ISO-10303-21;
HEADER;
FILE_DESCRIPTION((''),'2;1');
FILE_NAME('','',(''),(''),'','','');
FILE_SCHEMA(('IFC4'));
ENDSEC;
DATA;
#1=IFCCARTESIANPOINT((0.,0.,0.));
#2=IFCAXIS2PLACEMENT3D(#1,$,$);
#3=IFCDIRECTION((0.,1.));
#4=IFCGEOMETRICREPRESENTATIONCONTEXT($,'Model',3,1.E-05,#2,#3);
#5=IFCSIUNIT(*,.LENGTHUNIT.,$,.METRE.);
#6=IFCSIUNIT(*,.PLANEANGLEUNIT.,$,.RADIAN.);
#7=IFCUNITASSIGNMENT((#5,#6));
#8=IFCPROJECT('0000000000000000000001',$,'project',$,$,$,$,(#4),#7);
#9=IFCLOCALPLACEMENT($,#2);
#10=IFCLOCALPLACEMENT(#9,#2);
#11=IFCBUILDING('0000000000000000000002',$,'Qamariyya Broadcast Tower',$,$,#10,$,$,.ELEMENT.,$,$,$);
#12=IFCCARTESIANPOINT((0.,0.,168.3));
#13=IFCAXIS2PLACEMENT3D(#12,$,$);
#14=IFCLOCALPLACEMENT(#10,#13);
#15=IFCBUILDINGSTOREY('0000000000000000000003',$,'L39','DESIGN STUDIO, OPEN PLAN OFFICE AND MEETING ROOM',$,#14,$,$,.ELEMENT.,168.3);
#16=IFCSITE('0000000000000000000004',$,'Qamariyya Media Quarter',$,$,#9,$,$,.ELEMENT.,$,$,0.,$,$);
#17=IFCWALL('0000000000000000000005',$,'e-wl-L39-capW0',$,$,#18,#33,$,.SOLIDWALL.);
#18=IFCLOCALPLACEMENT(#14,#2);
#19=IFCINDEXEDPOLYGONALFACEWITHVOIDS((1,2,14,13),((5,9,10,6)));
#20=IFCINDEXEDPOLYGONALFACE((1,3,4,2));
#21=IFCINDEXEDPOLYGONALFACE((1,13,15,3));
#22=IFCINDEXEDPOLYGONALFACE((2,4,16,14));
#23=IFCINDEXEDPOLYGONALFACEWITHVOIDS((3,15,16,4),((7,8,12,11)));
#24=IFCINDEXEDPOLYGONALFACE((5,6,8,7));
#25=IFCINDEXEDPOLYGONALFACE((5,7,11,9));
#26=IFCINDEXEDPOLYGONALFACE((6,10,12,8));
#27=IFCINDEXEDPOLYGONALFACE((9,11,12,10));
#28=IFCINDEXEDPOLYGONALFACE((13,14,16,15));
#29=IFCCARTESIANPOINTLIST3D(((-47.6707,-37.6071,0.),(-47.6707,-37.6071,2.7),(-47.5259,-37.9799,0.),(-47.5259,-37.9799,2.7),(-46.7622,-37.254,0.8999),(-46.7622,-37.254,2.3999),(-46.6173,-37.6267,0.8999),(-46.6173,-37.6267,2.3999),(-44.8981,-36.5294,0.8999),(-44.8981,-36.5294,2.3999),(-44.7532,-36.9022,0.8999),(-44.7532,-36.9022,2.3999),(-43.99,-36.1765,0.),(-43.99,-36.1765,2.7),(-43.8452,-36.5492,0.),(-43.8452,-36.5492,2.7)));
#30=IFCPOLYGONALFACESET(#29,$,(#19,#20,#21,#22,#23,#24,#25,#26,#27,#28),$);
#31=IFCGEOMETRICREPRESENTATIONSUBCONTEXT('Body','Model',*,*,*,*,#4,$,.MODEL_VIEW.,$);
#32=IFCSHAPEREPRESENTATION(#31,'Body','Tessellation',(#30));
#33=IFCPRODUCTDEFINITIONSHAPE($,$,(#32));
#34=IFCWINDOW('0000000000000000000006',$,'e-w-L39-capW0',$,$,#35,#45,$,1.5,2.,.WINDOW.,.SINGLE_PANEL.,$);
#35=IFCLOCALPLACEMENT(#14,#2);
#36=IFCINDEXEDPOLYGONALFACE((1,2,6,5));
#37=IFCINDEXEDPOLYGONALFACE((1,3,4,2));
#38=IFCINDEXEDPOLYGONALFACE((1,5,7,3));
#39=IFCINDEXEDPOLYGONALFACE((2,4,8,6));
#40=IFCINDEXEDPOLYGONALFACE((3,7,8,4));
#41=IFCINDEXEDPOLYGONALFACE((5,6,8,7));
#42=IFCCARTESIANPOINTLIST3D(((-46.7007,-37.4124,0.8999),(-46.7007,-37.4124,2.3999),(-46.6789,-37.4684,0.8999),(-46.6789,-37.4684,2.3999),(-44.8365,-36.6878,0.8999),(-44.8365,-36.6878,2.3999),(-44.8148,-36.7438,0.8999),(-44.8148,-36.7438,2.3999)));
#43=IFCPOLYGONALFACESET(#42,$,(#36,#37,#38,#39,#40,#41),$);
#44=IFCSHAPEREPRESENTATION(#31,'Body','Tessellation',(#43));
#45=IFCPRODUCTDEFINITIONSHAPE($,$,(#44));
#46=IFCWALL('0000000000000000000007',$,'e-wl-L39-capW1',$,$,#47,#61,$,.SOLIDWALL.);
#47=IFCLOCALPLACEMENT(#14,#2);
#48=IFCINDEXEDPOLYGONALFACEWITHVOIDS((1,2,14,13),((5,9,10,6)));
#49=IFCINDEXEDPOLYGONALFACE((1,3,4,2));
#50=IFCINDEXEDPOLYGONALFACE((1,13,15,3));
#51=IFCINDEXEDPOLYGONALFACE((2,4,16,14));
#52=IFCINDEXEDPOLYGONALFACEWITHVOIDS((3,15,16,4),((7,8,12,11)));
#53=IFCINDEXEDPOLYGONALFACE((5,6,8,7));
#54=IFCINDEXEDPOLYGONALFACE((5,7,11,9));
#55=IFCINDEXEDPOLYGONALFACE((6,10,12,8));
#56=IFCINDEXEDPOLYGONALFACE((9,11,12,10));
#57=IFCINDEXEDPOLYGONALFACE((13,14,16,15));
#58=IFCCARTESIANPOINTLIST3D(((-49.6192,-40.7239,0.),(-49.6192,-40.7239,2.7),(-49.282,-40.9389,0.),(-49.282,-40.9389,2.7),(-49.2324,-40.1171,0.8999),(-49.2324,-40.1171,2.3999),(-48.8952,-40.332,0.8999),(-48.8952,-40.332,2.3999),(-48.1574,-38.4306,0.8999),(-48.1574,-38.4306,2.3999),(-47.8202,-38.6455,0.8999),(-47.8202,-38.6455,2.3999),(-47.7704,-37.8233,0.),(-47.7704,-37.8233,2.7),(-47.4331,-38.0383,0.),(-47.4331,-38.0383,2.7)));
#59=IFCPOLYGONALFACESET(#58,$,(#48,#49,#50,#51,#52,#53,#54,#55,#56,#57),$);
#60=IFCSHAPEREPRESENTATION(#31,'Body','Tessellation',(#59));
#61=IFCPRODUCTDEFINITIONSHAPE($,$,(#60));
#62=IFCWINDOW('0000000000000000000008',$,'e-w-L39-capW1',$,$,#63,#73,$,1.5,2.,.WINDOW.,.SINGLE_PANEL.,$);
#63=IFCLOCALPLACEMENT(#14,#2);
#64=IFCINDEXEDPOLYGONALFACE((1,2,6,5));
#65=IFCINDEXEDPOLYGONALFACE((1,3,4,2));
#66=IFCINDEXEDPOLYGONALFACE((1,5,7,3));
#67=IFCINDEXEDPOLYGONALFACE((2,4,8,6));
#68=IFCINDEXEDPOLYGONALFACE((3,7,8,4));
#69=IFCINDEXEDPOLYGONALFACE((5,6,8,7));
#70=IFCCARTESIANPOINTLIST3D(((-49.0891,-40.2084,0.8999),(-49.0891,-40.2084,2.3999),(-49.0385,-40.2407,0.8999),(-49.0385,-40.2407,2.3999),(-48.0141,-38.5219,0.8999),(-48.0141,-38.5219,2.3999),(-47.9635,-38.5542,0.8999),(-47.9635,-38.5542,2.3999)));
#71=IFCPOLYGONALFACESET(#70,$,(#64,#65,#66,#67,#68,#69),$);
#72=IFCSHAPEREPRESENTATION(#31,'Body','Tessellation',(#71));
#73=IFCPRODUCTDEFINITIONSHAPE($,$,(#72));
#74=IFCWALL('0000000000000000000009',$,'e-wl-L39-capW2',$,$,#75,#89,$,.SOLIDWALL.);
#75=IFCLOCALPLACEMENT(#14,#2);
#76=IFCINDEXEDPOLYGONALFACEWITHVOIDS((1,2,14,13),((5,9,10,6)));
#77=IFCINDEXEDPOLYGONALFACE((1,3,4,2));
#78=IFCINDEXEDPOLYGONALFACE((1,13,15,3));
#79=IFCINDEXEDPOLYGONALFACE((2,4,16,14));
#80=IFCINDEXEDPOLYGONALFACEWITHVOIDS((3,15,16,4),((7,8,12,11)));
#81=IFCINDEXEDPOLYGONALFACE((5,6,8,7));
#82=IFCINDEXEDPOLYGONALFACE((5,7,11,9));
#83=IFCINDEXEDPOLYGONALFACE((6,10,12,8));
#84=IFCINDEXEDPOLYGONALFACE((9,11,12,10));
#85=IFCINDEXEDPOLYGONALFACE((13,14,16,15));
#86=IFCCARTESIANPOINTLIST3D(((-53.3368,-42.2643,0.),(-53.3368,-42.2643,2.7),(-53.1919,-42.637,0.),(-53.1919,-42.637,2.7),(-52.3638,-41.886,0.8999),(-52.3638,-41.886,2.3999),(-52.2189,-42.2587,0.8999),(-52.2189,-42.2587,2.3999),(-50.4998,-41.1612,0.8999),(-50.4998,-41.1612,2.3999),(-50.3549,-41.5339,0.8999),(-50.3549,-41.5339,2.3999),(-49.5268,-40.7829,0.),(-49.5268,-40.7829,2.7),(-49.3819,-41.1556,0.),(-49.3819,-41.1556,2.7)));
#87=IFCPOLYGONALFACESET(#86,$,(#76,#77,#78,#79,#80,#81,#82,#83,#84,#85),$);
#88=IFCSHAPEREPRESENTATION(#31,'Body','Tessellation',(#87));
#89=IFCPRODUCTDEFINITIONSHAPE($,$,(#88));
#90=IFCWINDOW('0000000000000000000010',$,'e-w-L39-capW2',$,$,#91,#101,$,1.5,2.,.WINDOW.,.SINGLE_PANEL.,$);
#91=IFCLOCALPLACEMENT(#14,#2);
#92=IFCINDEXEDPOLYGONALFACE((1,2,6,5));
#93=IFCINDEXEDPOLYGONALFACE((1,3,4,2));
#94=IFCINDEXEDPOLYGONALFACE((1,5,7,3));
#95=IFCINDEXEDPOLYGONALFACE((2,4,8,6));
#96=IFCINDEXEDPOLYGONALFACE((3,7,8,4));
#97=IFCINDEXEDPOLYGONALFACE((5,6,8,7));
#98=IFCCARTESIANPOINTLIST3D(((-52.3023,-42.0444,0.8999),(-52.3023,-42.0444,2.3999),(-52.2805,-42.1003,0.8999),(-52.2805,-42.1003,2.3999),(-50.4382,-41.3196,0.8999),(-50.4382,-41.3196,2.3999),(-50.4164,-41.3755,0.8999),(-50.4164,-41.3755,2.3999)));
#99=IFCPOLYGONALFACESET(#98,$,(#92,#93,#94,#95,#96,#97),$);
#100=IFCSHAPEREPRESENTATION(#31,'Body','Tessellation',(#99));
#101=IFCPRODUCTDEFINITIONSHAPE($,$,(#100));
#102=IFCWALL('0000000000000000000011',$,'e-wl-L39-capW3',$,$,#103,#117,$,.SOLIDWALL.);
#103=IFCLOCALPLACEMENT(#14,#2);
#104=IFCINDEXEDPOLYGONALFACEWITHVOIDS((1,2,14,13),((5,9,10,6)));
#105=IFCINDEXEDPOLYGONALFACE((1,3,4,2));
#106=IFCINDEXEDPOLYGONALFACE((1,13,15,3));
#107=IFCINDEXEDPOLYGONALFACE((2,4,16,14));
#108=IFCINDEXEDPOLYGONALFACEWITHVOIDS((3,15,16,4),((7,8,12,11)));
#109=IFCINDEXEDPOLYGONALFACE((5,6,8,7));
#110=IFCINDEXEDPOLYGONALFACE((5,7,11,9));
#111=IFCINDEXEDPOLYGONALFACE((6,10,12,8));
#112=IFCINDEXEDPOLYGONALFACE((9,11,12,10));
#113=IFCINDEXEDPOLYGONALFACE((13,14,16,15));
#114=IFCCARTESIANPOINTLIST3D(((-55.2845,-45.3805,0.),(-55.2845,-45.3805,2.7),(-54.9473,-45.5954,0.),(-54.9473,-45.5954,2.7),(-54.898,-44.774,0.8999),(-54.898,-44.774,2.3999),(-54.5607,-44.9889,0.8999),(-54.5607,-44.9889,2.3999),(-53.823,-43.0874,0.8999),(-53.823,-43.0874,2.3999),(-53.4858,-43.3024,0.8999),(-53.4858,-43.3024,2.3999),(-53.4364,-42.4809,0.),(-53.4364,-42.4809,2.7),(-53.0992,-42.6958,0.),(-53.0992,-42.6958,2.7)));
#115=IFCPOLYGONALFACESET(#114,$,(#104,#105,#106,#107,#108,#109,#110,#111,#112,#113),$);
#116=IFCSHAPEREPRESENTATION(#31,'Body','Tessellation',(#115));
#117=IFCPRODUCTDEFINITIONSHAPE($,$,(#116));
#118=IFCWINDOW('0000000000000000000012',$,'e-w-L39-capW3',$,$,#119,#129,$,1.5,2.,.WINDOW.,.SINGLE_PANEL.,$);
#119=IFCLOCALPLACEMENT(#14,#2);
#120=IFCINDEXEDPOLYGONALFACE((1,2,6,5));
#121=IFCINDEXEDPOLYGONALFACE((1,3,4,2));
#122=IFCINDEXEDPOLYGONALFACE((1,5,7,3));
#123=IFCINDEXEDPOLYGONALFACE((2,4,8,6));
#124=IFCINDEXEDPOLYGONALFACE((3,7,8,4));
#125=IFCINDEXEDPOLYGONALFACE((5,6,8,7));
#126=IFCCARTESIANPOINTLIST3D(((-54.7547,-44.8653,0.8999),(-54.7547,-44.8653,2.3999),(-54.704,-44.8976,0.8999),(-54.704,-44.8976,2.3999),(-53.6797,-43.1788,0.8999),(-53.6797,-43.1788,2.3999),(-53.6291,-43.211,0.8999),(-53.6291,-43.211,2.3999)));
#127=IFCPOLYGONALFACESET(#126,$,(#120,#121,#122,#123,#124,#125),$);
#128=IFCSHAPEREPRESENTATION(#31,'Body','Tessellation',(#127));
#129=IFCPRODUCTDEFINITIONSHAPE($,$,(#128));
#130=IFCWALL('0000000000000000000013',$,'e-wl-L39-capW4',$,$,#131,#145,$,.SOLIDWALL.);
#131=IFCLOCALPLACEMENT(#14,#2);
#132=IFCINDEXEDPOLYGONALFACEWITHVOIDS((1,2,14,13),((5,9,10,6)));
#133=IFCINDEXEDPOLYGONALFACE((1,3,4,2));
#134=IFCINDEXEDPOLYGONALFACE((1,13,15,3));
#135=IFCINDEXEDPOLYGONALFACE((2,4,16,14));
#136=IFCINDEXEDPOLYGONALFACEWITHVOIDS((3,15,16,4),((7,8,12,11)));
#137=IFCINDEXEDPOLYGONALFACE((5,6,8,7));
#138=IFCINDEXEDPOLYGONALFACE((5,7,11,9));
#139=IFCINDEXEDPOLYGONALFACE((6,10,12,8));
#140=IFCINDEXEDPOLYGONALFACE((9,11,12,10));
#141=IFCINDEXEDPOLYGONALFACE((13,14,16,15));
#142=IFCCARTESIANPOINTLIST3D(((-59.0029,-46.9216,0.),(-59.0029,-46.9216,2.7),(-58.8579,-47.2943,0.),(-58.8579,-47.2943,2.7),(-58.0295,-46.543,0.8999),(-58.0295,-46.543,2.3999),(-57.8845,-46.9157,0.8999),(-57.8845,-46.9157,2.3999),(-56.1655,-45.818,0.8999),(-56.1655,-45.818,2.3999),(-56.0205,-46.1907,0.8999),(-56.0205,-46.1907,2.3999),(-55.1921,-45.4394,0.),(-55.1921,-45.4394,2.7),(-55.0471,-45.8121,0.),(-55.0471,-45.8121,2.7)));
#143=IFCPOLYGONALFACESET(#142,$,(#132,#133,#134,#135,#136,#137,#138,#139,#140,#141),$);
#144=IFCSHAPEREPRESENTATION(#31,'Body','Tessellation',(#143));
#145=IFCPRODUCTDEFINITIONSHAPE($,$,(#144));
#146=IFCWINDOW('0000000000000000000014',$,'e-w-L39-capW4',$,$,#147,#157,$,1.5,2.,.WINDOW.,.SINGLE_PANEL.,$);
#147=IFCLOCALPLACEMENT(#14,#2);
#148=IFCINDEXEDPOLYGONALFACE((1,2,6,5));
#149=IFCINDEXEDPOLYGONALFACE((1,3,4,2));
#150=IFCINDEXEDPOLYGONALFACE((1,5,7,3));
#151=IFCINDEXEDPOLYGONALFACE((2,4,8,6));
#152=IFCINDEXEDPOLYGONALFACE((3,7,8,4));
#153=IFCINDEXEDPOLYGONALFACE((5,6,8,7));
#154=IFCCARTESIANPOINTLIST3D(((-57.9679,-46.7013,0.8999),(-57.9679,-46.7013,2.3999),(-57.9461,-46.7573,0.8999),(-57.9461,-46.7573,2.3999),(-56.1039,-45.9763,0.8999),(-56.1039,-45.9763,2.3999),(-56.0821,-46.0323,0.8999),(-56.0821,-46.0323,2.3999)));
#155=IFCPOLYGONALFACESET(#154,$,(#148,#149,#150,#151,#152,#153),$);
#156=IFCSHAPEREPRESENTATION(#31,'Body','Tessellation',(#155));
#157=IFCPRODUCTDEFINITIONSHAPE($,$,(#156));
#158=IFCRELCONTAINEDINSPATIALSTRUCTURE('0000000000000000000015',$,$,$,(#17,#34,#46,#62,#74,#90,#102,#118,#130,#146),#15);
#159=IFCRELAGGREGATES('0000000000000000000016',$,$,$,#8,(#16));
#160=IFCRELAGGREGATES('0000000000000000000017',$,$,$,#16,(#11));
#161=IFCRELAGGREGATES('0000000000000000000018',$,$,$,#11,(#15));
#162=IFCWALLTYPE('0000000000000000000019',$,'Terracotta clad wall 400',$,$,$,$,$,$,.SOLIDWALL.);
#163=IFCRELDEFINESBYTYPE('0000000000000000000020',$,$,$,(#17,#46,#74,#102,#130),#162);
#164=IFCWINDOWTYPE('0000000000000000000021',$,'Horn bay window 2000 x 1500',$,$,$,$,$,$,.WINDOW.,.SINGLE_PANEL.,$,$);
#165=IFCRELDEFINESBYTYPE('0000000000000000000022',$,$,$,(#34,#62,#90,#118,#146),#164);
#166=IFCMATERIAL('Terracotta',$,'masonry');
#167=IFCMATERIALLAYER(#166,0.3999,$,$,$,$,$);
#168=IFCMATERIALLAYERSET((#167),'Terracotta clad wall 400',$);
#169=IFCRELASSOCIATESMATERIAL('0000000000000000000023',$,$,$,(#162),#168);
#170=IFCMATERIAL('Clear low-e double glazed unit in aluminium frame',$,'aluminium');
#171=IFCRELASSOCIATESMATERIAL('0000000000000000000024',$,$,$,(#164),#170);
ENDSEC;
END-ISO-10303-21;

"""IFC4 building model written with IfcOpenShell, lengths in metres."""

from ifc_helpers import new_model, si_unit, direction, frame, frame_2d, origin, place, context, subcontext, project, spatial, rectangle, extrude, material, layer, layer_set, type_object, element, fill, save


model = new_model("IFC4")

# Units and contexts
model_context = context("Model", 3, precision=1e-05, world=origin(), true_north=direction((0.0, 1.0)))
body_context = subcontext(model_context, "Body", "Model", "MODEL_VIEW")
ifc_project = project(units=[si_unit("LENGTHUNIT", "METRE"), si_unit("PLANEANGLEUNIT", "RADIAN")], contexts=[model_context])

# Site, building, storey
site_placement = place(None, origin())
site = spatial("IfcSite", under=ifc_project, at=site_placement, Name="Qamariyya Media Quarter", CompositionType="ELEMENT", RefElevation=0.0)
building_placement = place(site_placement, origin())
building = spatial("IfcBuilding", under=site, at=building_placement, Name="Qamariyya Broadcast Tower", CompositionType="ELEMENT")
storey_placement = place(building_placement, frame((0.0, 0.0, 168.3)))
storey = spatial("IfcBuildingStorey", under=building, at=storey_placement, Name="L39", Description="DESIGN STUDIO, OPEN PLAN OFFICE AND MEETING ROOM", CompositionType="ELEMENT", Elevation=168.3)

# Walls, openings, windows
ifc_material_1 = material(Name="Terracotta", Category="masonry")
ifc_layer_1 = layer(ifc_material_1, 0.3999)
ifc_layer_set_1 = layer_set([ifc_layer_1], Name="Terracotta clad wall 400")
wall_type_1 = type_object("IfcWallType", Name="Terracotta clad wall 400", PredefinedType="SOLIDWALL", material=ifc_layer_set_1)
wall_1_placement = place(storey_placement, frame((-43.9175, -36.3628, 0.0), z_axis=(0.0, 0.0, 1.0), x_axis=(-0.932065, -0.362291, 0.0)))
wall_1 = element("IfcWall", 1, at=wall_1_placement, inside=storey, type_object=wall_type_1, Name="e-wl-L39-capW0", PredefinedType="SOLIDWALL", context=body_context, shape_type="SweptSolid", body=[
    extrude(rectangle(XDim=3.949, YDim=0.3999, at=frame_2d((1.9746, 0.0))), origin(), (0.0, 0.0, 1.0), 2.7),
])
opening_1_placement = place(wall_1_placement, frame((0.9744, 0.0, 0.8999)))
opening_1 = element("IfcOpeningElement", 2, at=opening_1_placement, cuts=wall_1, PredefinedType="OPENING", context=body_context, shape_type="SweptSolid", body=[
    extrude(rectangle(XDim=2.0, YDim=1.5, at=frame_2d((1.0, 0.75))), frame((0.0, 0.21, 0.0), z_axis=(0.0, -1.0, 0.0), x_axis=(1.0, 0.0, 0.0)), (0.0, 0.0, 1.0), 0.4199),
])
ifc_material_2 = material(Name="Clear low-e double glazed unit in aluminium frame", Category="aluminium")
window_type = type_object("IfcWindowType", Name="Horn bay window 2000 x 1500", PartitioningType="SINGLE_PANEL", PredefinedType="WINDOW", material=ifc_material_2)
window_1_placement = place(opening_1_placement, origin())
window_1 = element("IfcWindow", 3, at=window_1_placement, inside=storey, type_object=window_type, Name="e-w-L39-capW0", OverallHeight=1.5, OverallWidth=2.0, PartitioningType="SINGLE_PANEL", PredefinedType="WINDOW", context=body_context, shape_type="SweptSolid", body=[
    extrude(rectangle(XDim=2.0, YDim=1.5, at=frame_2d((1.0, 0.75))), frame((0.0, 0.03, 0.0), z_axis=(0.0, -1.0, 0.0), x_axis=(1.0, 0.0, 0.0)), (0.0, 0.0, 1.0), 0.0601),
])
fill(opening_1, window_1)
wall_2_placement = place(storey_placement, frame((-47.6018, -37.9309, 0.0), z_axis=(0.0, 0.0, 1.0), x_axis=(-0.5375, -0.843264, 0.0)))
wall_2 = element("IfcWall", 4, at=wall_2_placement, inside=storey, type_object=wall_type_1, Name="e-wl-L39-capW1", PredefinedType="SOLIDWALL", context=body_context, shape_type="SweptSolid", body=[
    extrude(rectangle(XDim=3.4397, YDim=0.3999, at=frame_2d((1.7197, 0.0))), origin(), (0.0, 0.0, 1.0), 2.7),
])
opening_2_placement = place(wall_2_placement, frame((0.72, 0.0, 0.8999)))
opening_2 = element("IfcOpeningElement", 5, at=opening_2_placement, cuts=wall_2, PredefinedType="OPENING", context=body_context, shape_type="SweptSolid", body=[
    extrude(rectangle(XDim=2.0, YDim=1.5, at=frame_2d((1.0, 0.75))), frame((0.0, 0.21, 0.0), z_axis=(0.0, -1.0, 0.0), x_axis=(1.0, 0.0, 0.0)), (0.0, 0.0, 1.0), 0.4199),
])
window_2_placement = place(opening_2_placement, origin())
window_2 = element("IfcWindow", 6, at=window_2_placement, inside=storey, type_object=window_type, Name="e-w-L39-capW1", OverallHeight=1.5, OverallWidth=2.0, PartitioningType="SINGLE_PANEL", PredefinedType="WINDOW", context=body_context, shape_type="SweptSolid", body=[
    extrude(rectangle(XDim=2.0, YDim=1.5, at=frame_2d((1.0, 0.75))), frame((0.0, 0.03, 0.0), z_axis=(0.0, -1.0, 0.0), x_axis=(1.0, 0.0, 0.0)), (0.0, 0.0, 1.0), 0.0601),
])
fill(opening_2, window_2)
wall_3_placement = place(storey_placement, frame((-49.4543, -40.9692, 0.0), z_axis=(0.0, 0.0, 1.0), x_axis=(-0.932025, -0.362394, 0.0)))
wall_3 = element("IfcWall", 7, at=wall_3_placement, inside=storey, type_object=wall_type_1, Name="e-wl-L39-capW2", PredefinedType="SOLIDWALL", context=body_context, shape_type="SweptSolid", body=[
    extrude(rectangle(XDim=4.0879, YDim=0.3999, at=frame_2d((2.0439, 0.0))), origin(), (0.0, 0.0, 1.0), 2.7),
])
opening_3_placement = place(wall_3_placement, frame((1.0439, 0.0, 0.8999)))
opening_3 = element("IfcOpeningElement", 8, at=opening_3_placement, cuts=wall_3, PredefinedType="OPENING", context=body_context, shape_type="SweptSolid", body=[
    extrude(rectangle(XDim=2.0, YDim=1.5, at=frame_2d((1.0, 0.75))), frame((0.0, 0.21, 0.0), z_axis=(0.0, -1.0, 0.0), x_axis=(1.0, 0.0, 0.0)), (0.0, 0.0, 1.0), 0.4199),
])
window_3_placement = place(opening_3_placement, origin())
window_3 = element("IfcWindow", 9, at=window_3_placement, inside=storey, type_object=window_type, Name="e-w-L39-capW2", OverallHeight=1.5, OverallWidth=2.0, PartitioningType="SINGLE_PANEL", PredefinedType="WINDOW", context=body_context, shape_type="SweptSolid", body=[
    extrude(rectangle(XDim=2.0, YDim=1.5, at=frame_2d((1.0, 0.75))), frame((0.0, 0.03, 0.0), z_axis=(0.0, -1.0, 0.0), x_axis=(1.0, 0.0, 0.0)), (0.0, 0.0, 1.0), 0.0601),
])
fill(opening_3, window_3)
wall_4_placement = place(storey_placement, frame((-53.2678, -42.5884, 0.0), z_axis=(0.0, 0.0, 1.0), x_axis=(-0.537477, -0.843278, 0.0)))
wall_4 = element("IfcWall", 10, at=wall_4_placement, inside=storey, type_object=wall_type_1, Name="e-wl-L39-capW3", PredefinedType="SOLIDWALL", context=body_context, shape_type="SweptSolid", body=[
    extrude(rectangle(XDim=3.4385, YDim=0.3999, at=frame_2d((1.7192, 0.0))), origin(), (0.0, 0.0, 1.0), 2.7),
])
opening_4_placement = place(wall_4_placement, frame((0.7192, 0.0, 0.8999)))
opening_4 = element("IfcOpeningElement", 11, at=opening_4_placement, cuts=wall_4, PredefinedType="OPENING", context=body_context, shape_type="SweptSolid", body=[
    extrude(rectangle(XDim=2.0, YDim=1.5, at=frame_2d((1.0, 0.75))), frame((0.0, 0.21, 0.0), z_axis=(0.0, -1.0, 0.0), x_axis=(1.0, 0.0, 0.0)), (0.0, 0.0, 1.0), 0.4199),
])
window_4_placement = place(opening_4_placement, origin())
window_4 = element("IfcWindow", 12, at=window_4_placement, inside=storey, type_object=window_type, Name="e-w-L39-capW3", OverallHeight=1.5, OverallWidth=2.0, PartitioningType="SINGLE_PANEL", PredefinedType="WINDOW", context=body_context, shape_type="SweptSolid", body=[
    extrude(rectangle(XDim=2.0, YDim=1.5, at=frame_2d((1.0, 0.75))), frame((0.0, 0.03, 0.0), z_axis=(0.0, -1.0, 0.0), x_axis=(1.0, 0.0, 0.0)), (0.0, 0.0, 1.0), 0.0601),
])
fill(opening_4, window_4)
wall_5_placement = place(storey_placement, frame((-55.1196, -45.6257, 0.0), z_axis=(0.0, 0.0, 1.0), x_axis=(-0.931988, -0.362489, 0.0)))
wall_5 = element("IfcWall", 13, at=wall_5_placement, inside=storey, type_object=wall_type_1, Name="e-wl-L39-capW4", PredefinedType="SOLIDWALL", context=body_context, shape_type="SweptSolid", body=[
    extrude(rectangle(XDim=4.0889, YDim=0.3999, at=frame_2d((2.0444, 0.0))), origin(), (0.0, 0.0, 1.0), 2.7),
])
opening_5_placement = place(wall_5_placement, frame((1.0444, 0.0, 0.8999)))
opening_5 = element("IfcOpeningElement", 14, at=opening_5_placement, cuts=wall_5, PredefinedType="OPENING", context=body_context, shape_type="SweptSolid", body=[
    extrude(rectangle(XDim=2.0, YDim=1.5, at=frame_2d((1.0, 0.75))), frame((0.0, 0.21, 0.0), z_axis=(0.0, -1.0, 0.0), x_axis=(1.0, 0.0, 0.0)), (0.0, 0.0, 1.0), 0.4199),
])
window_5_placement = place(opening_5_placement, origin())
window_5 = element("IfcWindow", 15, at=window_5_placement, inside=storey, type_object=window_type, Name="e-w-L39-capW4", OverallHeight=1.5, OverallWidth=2.0, PartitioningType="SINGLE_PANEL", PredefinedType="WINDOW", context=body_context, shape_type="SweptSolid", body=[
    extrude(rectangle(XDim=2.0, YDim=1.5, at=frame_2d((1.0, 0.75))), frame((0.0, 0.03, 0.0), z_axis=(0.0, -1.0, 0.0), x_axis=(1.0, 0.0, 0.0)), (0.0, 0.0, 1.0), 0.0601),
])
fill(opening_5, window_5)

save(model, "model.ifc")
